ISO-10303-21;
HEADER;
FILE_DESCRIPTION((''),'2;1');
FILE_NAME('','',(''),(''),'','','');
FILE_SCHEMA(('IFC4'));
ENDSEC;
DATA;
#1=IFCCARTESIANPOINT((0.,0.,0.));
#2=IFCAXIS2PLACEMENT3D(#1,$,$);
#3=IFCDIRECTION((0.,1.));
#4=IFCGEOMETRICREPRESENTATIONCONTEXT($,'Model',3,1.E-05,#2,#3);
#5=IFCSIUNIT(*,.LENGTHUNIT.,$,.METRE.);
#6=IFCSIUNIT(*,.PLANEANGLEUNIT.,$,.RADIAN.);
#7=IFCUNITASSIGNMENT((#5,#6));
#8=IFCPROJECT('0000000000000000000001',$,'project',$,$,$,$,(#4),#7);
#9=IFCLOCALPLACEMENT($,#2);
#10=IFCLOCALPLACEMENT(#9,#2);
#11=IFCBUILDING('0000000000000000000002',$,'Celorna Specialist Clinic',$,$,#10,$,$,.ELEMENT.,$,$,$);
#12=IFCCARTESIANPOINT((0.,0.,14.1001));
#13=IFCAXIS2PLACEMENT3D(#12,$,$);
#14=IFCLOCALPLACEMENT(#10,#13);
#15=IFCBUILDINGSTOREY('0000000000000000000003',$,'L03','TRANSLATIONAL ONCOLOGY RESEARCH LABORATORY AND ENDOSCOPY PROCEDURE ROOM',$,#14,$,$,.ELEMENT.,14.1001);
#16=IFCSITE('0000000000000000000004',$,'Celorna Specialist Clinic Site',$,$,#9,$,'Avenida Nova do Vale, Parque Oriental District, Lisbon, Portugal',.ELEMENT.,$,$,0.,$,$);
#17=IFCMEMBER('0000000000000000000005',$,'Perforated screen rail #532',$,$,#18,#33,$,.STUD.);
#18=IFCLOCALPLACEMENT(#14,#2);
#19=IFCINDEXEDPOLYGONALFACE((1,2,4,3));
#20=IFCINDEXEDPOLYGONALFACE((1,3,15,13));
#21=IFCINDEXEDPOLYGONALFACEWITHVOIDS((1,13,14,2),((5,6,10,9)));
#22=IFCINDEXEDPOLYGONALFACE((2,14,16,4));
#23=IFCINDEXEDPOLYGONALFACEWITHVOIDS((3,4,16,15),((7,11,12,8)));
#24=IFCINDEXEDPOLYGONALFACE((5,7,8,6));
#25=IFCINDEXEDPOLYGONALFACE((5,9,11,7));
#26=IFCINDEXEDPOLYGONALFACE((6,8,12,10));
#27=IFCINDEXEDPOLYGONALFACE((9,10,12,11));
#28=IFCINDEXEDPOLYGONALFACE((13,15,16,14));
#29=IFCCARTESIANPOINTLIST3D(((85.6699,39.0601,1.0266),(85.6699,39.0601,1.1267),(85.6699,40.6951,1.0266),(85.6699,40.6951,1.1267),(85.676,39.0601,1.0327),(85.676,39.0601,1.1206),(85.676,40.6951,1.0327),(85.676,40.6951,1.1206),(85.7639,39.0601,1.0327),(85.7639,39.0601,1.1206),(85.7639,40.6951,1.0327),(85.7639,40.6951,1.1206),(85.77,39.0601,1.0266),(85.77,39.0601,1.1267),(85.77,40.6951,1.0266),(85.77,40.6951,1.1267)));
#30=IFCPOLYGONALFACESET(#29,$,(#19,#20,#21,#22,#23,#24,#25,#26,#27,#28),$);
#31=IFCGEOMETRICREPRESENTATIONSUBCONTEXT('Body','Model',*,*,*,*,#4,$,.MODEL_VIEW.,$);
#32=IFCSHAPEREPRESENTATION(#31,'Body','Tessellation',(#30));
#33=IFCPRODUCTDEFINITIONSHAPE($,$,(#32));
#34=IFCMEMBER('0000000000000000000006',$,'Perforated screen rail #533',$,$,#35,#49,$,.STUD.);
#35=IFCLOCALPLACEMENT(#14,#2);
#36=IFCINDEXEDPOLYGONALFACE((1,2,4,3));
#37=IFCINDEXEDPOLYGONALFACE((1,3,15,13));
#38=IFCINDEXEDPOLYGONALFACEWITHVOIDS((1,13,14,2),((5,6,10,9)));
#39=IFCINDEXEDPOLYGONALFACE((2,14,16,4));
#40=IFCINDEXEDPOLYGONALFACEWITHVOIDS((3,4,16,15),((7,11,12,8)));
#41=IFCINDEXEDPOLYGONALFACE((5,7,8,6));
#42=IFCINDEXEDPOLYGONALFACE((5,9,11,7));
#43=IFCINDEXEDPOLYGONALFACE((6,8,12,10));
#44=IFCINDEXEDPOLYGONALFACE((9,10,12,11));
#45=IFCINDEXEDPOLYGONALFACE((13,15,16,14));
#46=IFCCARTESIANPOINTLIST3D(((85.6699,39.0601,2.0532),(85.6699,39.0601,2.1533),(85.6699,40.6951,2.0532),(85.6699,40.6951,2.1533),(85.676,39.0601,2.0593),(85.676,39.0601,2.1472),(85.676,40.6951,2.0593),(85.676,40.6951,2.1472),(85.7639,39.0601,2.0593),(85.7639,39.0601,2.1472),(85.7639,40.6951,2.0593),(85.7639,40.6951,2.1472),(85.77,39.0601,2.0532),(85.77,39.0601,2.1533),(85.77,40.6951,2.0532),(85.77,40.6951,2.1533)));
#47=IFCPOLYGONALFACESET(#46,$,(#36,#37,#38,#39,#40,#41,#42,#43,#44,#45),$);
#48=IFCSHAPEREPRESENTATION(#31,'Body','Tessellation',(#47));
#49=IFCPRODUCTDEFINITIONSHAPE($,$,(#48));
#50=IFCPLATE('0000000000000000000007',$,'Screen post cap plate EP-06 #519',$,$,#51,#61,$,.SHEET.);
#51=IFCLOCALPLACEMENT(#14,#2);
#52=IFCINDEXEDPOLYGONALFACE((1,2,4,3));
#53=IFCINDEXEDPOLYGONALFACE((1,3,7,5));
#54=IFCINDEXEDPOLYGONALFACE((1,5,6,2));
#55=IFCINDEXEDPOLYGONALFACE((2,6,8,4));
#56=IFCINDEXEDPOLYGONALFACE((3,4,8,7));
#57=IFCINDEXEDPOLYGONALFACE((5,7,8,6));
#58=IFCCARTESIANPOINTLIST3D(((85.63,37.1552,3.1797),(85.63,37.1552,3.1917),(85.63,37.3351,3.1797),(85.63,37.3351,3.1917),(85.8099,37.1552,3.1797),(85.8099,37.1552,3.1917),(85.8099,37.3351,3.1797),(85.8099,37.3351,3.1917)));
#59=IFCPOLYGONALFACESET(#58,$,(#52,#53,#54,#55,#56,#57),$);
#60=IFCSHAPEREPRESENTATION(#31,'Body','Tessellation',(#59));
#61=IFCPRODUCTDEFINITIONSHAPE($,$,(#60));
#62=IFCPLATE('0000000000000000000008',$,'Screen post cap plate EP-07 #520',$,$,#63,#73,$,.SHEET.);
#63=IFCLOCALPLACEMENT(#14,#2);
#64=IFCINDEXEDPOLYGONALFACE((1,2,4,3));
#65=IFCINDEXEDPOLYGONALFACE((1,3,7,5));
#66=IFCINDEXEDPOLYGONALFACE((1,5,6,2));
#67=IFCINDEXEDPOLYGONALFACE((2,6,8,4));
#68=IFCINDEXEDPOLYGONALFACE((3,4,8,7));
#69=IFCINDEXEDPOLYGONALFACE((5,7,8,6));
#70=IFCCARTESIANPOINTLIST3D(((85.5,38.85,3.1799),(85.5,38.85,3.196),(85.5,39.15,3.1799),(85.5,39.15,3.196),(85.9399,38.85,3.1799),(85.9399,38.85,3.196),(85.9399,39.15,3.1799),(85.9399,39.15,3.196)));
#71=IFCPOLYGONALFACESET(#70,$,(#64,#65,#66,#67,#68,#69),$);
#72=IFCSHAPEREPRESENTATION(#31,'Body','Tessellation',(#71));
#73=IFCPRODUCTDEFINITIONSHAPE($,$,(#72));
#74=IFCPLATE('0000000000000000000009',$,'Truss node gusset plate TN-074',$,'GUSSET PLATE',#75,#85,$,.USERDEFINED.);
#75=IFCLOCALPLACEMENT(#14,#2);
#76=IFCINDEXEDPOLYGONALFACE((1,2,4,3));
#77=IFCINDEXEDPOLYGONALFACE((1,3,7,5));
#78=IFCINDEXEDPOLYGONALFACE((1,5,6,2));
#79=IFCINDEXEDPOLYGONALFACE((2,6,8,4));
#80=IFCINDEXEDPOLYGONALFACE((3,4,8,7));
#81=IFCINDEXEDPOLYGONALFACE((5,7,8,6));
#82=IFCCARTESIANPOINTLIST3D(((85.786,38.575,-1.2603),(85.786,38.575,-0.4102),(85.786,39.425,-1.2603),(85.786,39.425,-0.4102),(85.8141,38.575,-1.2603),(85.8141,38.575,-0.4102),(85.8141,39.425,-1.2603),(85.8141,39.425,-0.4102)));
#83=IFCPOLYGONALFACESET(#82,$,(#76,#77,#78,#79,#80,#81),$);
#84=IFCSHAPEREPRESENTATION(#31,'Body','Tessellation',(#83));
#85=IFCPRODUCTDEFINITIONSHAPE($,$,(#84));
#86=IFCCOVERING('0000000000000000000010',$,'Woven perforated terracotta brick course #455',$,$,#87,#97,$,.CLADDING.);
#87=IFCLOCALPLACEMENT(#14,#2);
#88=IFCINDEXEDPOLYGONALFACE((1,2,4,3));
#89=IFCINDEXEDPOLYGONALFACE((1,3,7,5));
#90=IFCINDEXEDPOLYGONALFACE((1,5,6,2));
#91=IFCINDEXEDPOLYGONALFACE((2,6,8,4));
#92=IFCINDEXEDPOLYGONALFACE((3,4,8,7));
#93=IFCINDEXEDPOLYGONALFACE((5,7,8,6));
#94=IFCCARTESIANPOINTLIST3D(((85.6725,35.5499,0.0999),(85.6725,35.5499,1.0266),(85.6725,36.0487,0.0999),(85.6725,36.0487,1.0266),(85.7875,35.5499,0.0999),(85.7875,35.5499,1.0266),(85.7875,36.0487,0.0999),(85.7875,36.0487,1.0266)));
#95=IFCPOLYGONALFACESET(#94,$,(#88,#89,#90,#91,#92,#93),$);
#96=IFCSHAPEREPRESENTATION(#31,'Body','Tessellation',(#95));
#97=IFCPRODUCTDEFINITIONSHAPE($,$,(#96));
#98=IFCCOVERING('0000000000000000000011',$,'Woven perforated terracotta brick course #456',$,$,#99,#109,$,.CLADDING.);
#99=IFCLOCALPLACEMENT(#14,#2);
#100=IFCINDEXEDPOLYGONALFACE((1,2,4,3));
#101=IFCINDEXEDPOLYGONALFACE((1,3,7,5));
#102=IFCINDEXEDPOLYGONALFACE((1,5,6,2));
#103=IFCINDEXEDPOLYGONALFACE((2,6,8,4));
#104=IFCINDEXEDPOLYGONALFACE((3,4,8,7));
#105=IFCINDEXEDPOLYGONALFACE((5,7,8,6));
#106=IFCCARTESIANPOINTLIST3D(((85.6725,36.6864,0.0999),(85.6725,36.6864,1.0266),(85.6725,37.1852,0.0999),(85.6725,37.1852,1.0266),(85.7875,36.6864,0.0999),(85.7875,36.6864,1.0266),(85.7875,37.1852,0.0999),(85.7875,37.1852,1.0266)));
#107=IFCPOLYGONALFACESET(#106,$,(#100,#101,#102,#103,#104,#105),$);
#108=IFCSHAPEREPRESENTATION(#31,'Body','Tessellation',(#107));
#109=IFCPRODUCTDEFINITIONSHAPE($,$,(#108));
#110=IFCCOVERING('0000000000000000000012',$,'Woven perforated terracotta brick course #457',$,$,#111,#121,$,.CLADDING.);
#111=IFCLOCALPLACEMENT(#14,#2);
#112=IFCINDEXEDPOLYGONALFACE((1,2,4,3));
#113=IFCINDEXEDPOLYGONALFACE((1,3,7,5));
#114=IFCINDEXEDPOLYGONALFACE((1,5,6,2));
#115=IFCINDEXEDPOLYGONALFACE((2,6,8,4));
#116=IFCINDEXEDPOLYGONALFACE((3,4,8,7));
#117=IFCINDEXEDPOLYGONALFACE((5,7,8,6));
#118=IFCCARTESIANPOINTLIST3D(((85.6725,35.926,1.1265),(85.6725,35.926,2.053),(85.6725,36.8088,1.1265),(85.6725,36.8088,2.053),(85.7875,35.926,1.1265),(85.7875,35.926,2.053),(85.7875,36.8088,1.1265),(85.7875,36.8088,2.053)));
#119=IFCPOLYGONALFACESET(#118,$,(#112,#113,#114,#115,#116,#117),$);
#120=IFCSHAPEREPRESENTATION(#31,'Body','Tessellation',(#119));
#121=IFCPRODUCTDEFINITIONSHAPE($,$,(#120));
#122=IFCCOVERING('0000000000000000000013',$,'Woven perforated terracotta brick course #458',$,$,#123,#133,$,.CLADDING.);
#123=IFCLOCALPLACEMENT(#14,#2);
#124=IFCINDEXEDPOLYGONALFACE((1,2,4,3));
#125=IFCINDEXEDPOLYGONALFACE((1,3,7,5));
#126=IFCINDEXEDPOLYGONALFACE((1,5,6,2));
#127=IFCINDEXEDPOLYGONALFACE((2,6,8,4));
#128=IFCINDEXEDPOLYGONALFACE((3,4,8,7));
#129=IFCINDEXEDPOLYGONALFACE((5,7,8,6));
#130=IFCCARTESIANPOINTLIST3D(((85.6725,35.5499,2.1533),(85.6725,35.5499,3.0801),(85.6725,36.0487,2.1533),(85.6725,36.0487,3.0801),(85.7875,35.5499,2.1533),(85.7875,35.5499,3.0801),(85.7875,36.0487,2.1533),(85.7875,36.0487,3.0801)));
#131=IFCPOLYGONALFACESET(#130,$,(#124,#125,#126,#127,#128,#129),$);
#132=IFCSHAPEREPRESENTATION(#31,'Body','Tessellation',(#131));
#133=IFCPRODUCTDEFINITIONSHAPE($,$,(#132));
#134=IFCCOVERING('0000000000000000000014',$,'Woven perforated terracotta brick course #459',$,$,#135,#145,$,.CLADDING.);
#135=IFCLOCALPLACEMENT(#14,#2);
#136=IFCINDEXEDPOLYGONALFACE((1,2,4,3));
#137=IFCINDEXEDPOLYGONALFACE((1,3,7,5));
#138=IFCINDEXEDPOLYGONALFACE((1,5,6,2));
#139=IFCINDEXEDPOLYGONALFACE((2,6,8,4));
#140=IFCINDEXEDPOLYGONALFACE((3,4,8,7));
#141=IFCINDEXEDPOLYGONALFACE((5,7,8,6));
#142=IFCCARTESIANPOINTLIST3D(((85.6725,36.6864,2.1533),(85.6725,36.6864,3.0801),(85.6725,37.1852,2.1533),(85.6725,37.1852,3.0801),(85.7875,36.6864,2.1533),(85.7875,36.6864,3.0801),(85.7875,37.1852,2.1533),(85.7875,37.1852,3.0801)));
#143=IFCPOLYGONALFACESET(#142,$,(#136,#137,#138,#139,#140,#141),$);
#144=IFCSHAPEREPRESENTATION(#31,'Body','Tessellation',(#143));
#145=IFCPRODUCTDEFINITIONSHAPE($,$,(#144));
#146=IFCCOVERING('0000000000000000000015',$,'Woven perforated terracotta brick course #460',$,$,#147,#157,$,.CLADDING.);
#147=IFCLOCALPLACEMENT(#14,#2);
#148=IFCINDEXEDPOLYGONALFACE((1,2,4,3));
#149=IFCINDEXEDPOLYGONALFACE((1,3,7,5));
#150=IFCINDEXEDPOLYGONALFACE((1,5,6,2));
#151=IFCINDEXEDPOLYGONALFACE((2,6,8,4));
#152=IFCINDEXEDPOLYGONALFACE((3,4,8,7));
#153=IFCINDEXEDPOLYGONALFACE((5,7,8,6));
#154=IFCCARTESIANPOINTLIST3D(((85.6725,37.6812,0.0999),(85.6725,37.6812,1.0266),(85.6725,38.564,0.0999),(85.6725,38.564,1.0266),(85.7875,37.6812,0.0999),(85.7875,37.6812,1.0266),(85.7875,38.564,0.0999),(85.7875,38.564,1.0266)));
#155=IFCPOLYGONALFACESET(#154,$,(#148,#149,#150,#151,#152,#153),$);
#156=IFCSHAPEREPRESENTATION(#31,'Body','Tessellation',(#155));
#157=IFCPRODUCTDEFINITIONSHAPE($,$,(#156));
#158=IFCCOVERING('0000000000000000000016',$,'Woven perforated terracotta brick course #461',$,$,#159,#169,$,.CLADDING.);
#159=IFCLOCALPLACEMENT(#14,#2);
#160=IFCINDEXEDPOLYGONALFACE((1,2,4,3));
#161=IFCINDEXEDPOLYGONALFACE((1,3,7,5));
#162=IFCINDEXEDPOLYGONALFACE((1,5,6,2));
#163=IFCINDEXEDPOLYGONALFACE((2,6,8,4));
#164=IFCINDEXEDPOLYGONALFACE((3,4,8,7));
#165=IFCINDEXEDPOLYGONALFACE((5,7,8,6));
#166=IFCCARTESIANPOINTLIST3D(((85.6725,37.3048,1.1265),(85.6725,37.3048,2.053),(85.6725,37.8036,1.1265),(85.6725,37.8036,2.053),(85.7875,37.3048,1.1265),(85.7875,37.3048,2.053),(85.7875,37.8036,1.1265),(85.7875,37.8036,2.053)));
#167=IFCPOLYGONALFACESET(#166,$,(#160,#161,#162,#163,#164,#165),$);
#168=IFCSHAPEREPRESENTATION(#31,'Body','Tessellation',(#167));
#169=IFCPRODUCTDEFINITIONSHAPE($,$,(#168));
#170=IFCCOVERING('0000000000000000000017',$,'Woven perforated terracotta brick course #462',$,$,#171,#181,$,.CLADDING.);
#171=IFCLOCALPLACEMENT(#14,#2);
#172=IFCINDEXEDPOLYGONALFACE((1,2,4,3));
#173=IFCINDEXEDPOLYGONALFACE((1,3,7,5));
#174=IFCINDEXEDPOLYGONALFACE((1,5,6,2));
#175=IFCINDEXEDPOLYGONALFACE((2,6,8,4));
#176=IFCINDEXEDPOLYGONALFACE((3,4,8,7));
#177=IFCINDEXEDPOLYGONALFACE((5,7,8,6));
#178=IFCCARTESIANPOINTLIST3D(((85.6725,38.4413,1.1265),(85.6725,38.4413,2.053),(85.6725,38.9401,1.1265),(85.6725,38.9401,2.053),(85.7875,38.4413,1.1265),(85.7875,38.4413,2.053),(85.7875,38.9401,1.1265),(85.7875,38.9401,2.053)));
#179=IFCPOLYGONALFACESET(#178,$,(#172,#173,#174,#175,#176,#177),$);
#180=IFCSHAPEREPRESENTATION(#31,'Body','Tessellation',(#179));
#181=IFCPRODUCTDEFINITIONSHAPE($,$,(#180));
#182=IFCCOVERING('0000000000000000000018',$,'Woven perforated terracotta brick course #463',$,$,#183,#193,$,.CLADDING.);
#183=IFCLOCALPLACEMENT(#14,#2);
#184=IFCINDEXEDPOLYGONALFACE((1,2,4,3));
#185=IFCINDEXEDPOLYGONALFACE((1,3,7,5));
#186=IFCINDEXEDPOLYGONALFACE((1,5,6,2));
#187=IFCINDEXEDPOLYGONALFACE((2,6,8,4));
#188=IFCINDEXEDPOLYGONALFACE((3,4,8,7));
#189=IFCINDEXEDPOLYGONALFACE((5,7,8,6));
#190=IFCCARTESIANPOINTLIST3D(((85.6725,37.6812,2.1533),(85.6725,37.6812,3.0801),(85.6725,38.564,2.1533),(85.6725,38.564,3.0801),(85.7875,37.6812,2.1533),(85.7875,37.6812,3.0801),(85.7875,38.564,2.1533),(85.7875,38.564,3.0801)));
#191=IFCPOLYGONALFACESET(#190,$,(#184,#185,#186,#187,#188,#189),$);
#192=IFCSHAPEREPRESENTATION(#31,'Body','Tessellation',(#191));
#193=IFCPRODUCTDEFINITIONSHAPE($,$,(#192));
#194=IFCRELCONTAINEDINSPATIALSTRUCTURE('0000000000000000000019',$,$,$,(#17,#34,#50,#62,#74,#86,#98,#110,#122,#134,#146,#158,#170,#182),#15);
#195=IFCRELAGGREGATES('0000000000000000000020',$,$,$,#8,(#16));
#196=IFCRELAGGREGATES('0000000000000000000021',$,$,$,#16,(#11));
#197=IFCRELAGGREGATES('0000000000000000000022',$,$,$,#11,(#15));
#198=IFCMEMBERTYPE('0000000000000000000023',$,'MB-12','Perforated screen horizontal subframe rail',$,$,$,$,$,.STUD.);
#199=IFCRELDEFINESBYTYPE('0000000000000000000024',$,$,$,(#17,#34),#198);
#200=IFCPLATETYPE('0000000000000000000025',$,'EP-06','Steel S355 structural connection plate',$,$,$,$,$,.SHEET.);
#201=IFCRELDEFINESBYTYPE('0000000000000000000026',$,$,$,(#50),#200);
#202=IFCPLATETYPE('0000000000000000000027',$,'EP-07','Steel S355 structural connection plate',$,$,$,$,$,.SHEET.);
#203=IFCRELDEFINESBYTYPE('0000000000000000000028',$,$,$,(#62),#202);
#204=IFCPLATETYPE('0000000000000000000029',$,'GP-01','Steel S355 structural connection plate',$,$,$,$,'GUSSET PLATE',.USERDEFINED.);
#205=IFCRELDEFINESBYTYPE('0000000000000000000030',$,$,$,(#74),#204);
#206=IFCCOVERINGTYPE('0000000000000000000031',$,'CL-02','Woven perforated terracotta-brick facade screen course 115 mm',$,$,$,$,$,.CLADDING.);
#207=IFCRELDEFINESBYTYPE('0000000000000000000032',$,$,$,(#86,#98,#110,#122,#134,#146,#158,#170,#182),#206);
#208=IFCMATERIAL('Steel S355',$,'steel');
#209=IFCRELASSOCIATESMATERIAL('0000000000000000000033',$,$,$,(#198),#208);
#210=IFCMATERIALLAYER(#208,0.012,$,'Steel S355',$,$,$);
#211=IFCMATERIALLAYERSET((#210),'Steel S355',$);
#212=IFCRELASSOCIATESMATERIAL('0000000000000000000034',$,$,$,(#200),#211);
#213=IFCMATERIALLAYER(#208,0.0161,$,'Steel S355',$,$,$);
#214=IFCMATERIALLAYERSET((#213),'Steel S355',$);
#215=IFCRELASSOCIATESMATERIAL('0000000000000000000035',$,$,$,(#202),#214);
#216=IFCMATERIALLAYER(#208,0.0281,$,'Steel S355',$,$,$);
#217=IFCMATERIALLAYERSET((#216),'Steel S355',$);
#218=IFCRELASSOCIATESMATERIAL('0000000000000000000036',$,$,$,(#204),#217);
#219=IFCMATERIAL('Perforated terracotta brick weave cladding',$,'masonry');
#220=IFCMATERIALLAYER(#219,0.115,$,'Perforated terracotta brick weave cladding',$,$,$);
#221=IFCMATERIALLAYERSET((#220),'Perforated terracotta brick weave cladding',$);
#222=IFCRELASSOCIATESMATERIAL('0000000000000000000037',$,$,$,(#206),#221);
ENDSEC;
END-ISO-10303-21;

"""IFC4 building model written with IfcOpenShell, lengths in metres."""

from ifc_helpers import new_model, si_unit, direction, frame, origin, origin_2d, place, context, subcontext, project, spatial, rectangle, hollow_rectangle, extrude, material, layer, layer_set, material_profile, profile_set, type_object, element, save


model = new_model("IFC4")

# Units and contexts
model_context = context("Model", 3, precision=1e-05, world=origin(), true_north=direction((0.0, 1.0)))
body_context = subcontext(model_context, "Body", "Model", "MODEL_VIEW")
ifc_project = project(units=[si_unit("LENGTHUNIT", "METRE"), si_unit("PLANEANGLEUNIT", "RADIAN")], contexts=[model_context])

# Site, building, storey
site_placement = place(None, origin())
site = spatial("IfcSite", under=ifc_project, at=site_placement, Name="Celorna Specialist Clinic Site", LongName="Avenida Nova do Vale, Parque Oriental District, Lisbon, Portugal", CompositionType="ELEMENT", RefElevation=0.0)
building_placement = place(site_placement, origin())
building = spatial("IfcBuilding", under=site, at=building_placement, Name="Celorna Specialist Clinic", CompositionType="ELEMENT")
storey_placement = place(building_placement, frame((0.0, 0.0, 14.1001)))
storey = spatial("IfcBuildingStorey", under=building, at=storey_placement, Name="L03", Description="TRANSLATIONAL ONCOLOGY RESEARCH LABORATORY AND ENDOSCOPY PROCEDURE ROOM", CompositionType="ELEMENT", Elevation=14.1001)

# Members
ifc_material_1 = material(Name="Steel S355", Category="steel")
ifc_material_profile_1 = material_profile(ifc_material_1, hollow_rectangle(XDim=0.1001, YDim=0.1001, WallThickness=0.0061, at=origin_2d()), Name="SHS 100x100x6")
ifc_profile_set_1 = profile_set([ifc_material_profile_1], Name="Steel S355")
member_type_1 = type_object("IfcMemberType", Name="MB-12", Description="Perforated screen horizontal subframe rail", PredefinedType="STUD", material=ifc_profile_set_1)
for number, where, z_axis, x_axis, name in (
    (1, (85.72, 39.0601, 1.0767), (0.0, 1.0, 0.0), (-1.0, 0.0, 0.0), "Perforated screen rail #532"),
    (2, (85.72, 39.0601, 2.1033), (0.0, 1.0, 0.0), (-1.0, 0.0, 0.0), "Perforated screen rail #533"),
):
    element("IfcMember", number, at=place(storey_placement, frame(where, z_axis=z_axis, x_axis=x_axis)), inside=storey, type_object=member_type_1, Name=name, PredefinedType="STUD", context=body_context, shape_type="SweptSolid", body=[
        extrude(hollow_rectangle(XDim=0.1001, YDim=0.1001, WallThickness=0.0061, at=origin_2d()), origin(), (0.0, 0.0, 1.0), 1.635),
    ])

# Plates
ifc_layer_1 = layer(ifc_material_1, 0.012, Name="Steel S355")
ifc_layer_set_1 = layer_set([ifc_layer_1], Name="Steel S355")
plate_type_1 = type_object("IfcPlateType", Name="EP-06", Description="Steel S355 structural connection plate", PredefinedType="SHEET", material=ifc_layer_set_1)
plate_1_placement = place(storey_placement, frame((85.72, 37.2451, 3.1797), z_axis=(0.0, 0.0, 1.0), x_axis=(0.0, 1.0, 0.0)))
element("IfcPlate", 3, at=plate_1_placement, inside=storey, type_object=plate_type_1, Name="Screen post cap plate EP-06 #519", PredefinedType="SHEET", context=body_context, shape_type="SweptSolid", body=[
    extrude(rectangle(XDim=0.1799, YDim=0.1799, at=origin_2d()), origin(), (0.0, 0.0, 1.0), 0.012),
])
ifc_layer_2 = layer(ifc_material_1, 0.0161, Name="Steel S355")
ifc_layer_set_2 = layer_set([ifc_layer_2], Name="Steel S355")
plate_type_2 = type_object("IfcPlateType", Name="EP-07", Description="Steel S355 structural connection plate", PredefinedType="SHEET", material=ifc_layer_set_2)
plate_2_placement = place(storey_placement, frame((85.72, 39.0, 3.1799), z_axis=(0.0, 0.0, 1.0), x_axis=(0.0, 1.0, 0.0)))
element("IfcPlate", 4, at=plate_2_placement, inside=storey, type_object=plate_type_2, Name="Screen post cap plate EP-07 #520", PredefinedType="SHEET", context=body_context, shape_type="SweptSolid", body=[
    extrude(rectangle(XDim=0.3, YDim=0.4399, at=origin_2d()), origin(), (0.0, 0.0, 1.0), 0.0161),
])
ifc_layer_3 = layer(ifc_material_1, 0.0281, Name="Steel S355")
ifc_layer_set_3 = layer_set([ifc_layer_3], Name="Steel S355")
plate_type_3 = type_object("IfcPlateType", Name="GP-01", Description="Steel S355 structural connection plate", ElementType="GUSSET PLATE", PredefinedType="USERDEFINED", material=ifc_layer_set_3)
plate_3_placement = place(storey_placement, frame((85.8, 39.0, -1.2603), z_axis=(0.0, 0.0, 1.0), x_axis=(0.0, 1.0, 0.0)))
element("IfcPlate", 5, at=plate_3_placement, inside=storey, type_object=plate_type_3, Name="Truss node gusset plate TN-074", ObjectType="GUSSET PLATE", PredefinedType="USERDEFINED", context=body_context, shape_type="SweptSolid", body=[
    extrude(rectangle(XDim=0.8501, YDim=0.0281, at=origin_2d()), origin(), (0.0, 0.0, 1.0), 0.8501),
])

# Coverings
ifc_material_2 = material(Name="Perforated terracotta brick weave cladding", Category="masonry")
ifc_layer_4 = layer(ifc_material_2, 0.115, Name="Perforated terracotta brick weave cladding")
ifc_layer_set_4 = layer_set([ifc_layer_4], Name="Perforated terracotta brick weave cladding")
covering_type = type_object("IfcCoveringType", Name="CL-02", Description="Woven perforated terracotta-brick facade screen course 115 mm", PredefinedType="CLADDING", material=ifc_layer_set_4)
for number, where, z_axis, x_axis, name in (
    (6, (85.73, 35.7993, 0.0999), (0.0, 0.0, 1.0), (0.0, 1.0, 0.0), "Woven perforated terracotta brick course #455"),
    (7, (85.73, 36.9358, 0.0999), (0.0, 0.0, 1.0), (0.0, 1.0, 0.0), "Woven perforated terracotta brick course #456"),
):
    element("IfcCovering", number, at=place(storey_placement, frame(where, z_axis=z_axis, x_axis=x_axis)), inside=storey, type_object=covering_type, Name=name, PredefinedType="CLADDING", context=body_context, shape_type="SweptSolid", body=[
        extrude(rectangle(XDim=0.4988, YDim=0.115, at=origin_2d()), origin(), (0.0, 0.0, 1.0), 0.9268),
    ])
covering_1_placement = place(storey_placement, frame((85.73, 36.3674, 1.1265), z_axis=(0.0, 0.0, 1.0), x_axis=(0.0, 1.0, 0.0)))
element("IfcCovering", 8, at=covering_1_placement, inside=storey, type_object=covering_type, Name="Woven perforated terracotta brick course #457", PredefinedType="CLADDING", context=body_context, shape_type="SweptSolid", body=[
    extrude(rectangle(XDim=0.8828, YDim=0.115, at=origin_2d()), origin(), (0.0, 0.0, 1.0), 0.9265),
])
for number, where, z_axis, x_axis, name in (
    (9, (85.73, 35.7993, 2.1533), (0.0, 0.0, 1.0), (0.0, 1.0, 0.0), "Woven perforated terracotta brick course #458"),
    (10, (85.73, 36.9358, 2.1533), (0.0, 0.0, 1.0), (0.0, 1.0, 0.0), "Woven perforated terracotta brick course #459"),
):
    element("IfcCovering", number, at=place(storey_placement, frame(where, z_axis=z_axis, x_axis=x_axis)), inside=storey, type_object=covering_type, Name=name, PredefinedType="CLADDING", context=body_context, shape_type="SweptSolid", body=[
        extrude(rectangle(XDim=0.4988, YDim=0.115, at=origin_2d()), origin(), (0.0, 0.0, 1.0), 0.9268),
    ])
covering_2_placement = place(storey_placement, frame((85.73, 38.1226, 0.0999), z_axis=(0.0, 0.0, 1.0), x_axis=(0.0, 1.0, 0.0)))
element("IfcCovering", 11, at=covering_2_placement, inside=storey, type_object=covering_type, Name="Woven perforated terracotta brick course #460", PredefinedType="CLADDING", context=body_context, shape_type="SweptSolid", body=[
    extrude(rectangle(XDim=0.8828, YDim=0.115, at=origin_2d()), origin(), (0.0, 0.0, 1.0), 0.9268),
])
for number, where, z_axis, x_axis, name in (
    (12, (85.73, 37.5542, 1.1265), (0.0, 0.0, 1.0), (0.0, 1.0, 0.0), "Woven perforated terracotta brick course #461"),
    (13, (85.73, 38.6907, 1.1265), (0.0, 0.0, 1.0), (0.0, 1.0, 0.0), "Woven perforated terracotta brick course #462"),
):
    element("IfcCovering", number, at=place(storey_placement, frame(where, z_axis=z_axis, x_axis=x_axis)), inside=storey, type_object=covering_type, Name=name, PredefinedType="CLADDING", context=body_context, shape_type="SweptSolid", body=[
        extrude(rectangle(XDim=0.4988, YDim=0.115, at=origin_2d()), origin(), (0.0, 0.0, 1.0), 0.9265),
    ])
covering_3_placement = place(storey_placement, frame((85.73, 38.1226, 2.1533), z_axis=(0.0, 0.0, 1.0), x_axis=(0.0, 1.0, 0.0)))
element("IfcCovering", 14, at=covering_3_placement, inside=storey, type_object=covering_type, Name="Woven perforated terracotta brick course #463", PredefinedType="CLADDING", context=body_context, shape_type="SweptSolid", body=[
    extrude(rectangle(XDim=0.8828, YDim=0.115, at=origin_2d()), origin(), (0.0, 0.0, 1.0), 0.9268),
])

save(model, "model.ifc")
